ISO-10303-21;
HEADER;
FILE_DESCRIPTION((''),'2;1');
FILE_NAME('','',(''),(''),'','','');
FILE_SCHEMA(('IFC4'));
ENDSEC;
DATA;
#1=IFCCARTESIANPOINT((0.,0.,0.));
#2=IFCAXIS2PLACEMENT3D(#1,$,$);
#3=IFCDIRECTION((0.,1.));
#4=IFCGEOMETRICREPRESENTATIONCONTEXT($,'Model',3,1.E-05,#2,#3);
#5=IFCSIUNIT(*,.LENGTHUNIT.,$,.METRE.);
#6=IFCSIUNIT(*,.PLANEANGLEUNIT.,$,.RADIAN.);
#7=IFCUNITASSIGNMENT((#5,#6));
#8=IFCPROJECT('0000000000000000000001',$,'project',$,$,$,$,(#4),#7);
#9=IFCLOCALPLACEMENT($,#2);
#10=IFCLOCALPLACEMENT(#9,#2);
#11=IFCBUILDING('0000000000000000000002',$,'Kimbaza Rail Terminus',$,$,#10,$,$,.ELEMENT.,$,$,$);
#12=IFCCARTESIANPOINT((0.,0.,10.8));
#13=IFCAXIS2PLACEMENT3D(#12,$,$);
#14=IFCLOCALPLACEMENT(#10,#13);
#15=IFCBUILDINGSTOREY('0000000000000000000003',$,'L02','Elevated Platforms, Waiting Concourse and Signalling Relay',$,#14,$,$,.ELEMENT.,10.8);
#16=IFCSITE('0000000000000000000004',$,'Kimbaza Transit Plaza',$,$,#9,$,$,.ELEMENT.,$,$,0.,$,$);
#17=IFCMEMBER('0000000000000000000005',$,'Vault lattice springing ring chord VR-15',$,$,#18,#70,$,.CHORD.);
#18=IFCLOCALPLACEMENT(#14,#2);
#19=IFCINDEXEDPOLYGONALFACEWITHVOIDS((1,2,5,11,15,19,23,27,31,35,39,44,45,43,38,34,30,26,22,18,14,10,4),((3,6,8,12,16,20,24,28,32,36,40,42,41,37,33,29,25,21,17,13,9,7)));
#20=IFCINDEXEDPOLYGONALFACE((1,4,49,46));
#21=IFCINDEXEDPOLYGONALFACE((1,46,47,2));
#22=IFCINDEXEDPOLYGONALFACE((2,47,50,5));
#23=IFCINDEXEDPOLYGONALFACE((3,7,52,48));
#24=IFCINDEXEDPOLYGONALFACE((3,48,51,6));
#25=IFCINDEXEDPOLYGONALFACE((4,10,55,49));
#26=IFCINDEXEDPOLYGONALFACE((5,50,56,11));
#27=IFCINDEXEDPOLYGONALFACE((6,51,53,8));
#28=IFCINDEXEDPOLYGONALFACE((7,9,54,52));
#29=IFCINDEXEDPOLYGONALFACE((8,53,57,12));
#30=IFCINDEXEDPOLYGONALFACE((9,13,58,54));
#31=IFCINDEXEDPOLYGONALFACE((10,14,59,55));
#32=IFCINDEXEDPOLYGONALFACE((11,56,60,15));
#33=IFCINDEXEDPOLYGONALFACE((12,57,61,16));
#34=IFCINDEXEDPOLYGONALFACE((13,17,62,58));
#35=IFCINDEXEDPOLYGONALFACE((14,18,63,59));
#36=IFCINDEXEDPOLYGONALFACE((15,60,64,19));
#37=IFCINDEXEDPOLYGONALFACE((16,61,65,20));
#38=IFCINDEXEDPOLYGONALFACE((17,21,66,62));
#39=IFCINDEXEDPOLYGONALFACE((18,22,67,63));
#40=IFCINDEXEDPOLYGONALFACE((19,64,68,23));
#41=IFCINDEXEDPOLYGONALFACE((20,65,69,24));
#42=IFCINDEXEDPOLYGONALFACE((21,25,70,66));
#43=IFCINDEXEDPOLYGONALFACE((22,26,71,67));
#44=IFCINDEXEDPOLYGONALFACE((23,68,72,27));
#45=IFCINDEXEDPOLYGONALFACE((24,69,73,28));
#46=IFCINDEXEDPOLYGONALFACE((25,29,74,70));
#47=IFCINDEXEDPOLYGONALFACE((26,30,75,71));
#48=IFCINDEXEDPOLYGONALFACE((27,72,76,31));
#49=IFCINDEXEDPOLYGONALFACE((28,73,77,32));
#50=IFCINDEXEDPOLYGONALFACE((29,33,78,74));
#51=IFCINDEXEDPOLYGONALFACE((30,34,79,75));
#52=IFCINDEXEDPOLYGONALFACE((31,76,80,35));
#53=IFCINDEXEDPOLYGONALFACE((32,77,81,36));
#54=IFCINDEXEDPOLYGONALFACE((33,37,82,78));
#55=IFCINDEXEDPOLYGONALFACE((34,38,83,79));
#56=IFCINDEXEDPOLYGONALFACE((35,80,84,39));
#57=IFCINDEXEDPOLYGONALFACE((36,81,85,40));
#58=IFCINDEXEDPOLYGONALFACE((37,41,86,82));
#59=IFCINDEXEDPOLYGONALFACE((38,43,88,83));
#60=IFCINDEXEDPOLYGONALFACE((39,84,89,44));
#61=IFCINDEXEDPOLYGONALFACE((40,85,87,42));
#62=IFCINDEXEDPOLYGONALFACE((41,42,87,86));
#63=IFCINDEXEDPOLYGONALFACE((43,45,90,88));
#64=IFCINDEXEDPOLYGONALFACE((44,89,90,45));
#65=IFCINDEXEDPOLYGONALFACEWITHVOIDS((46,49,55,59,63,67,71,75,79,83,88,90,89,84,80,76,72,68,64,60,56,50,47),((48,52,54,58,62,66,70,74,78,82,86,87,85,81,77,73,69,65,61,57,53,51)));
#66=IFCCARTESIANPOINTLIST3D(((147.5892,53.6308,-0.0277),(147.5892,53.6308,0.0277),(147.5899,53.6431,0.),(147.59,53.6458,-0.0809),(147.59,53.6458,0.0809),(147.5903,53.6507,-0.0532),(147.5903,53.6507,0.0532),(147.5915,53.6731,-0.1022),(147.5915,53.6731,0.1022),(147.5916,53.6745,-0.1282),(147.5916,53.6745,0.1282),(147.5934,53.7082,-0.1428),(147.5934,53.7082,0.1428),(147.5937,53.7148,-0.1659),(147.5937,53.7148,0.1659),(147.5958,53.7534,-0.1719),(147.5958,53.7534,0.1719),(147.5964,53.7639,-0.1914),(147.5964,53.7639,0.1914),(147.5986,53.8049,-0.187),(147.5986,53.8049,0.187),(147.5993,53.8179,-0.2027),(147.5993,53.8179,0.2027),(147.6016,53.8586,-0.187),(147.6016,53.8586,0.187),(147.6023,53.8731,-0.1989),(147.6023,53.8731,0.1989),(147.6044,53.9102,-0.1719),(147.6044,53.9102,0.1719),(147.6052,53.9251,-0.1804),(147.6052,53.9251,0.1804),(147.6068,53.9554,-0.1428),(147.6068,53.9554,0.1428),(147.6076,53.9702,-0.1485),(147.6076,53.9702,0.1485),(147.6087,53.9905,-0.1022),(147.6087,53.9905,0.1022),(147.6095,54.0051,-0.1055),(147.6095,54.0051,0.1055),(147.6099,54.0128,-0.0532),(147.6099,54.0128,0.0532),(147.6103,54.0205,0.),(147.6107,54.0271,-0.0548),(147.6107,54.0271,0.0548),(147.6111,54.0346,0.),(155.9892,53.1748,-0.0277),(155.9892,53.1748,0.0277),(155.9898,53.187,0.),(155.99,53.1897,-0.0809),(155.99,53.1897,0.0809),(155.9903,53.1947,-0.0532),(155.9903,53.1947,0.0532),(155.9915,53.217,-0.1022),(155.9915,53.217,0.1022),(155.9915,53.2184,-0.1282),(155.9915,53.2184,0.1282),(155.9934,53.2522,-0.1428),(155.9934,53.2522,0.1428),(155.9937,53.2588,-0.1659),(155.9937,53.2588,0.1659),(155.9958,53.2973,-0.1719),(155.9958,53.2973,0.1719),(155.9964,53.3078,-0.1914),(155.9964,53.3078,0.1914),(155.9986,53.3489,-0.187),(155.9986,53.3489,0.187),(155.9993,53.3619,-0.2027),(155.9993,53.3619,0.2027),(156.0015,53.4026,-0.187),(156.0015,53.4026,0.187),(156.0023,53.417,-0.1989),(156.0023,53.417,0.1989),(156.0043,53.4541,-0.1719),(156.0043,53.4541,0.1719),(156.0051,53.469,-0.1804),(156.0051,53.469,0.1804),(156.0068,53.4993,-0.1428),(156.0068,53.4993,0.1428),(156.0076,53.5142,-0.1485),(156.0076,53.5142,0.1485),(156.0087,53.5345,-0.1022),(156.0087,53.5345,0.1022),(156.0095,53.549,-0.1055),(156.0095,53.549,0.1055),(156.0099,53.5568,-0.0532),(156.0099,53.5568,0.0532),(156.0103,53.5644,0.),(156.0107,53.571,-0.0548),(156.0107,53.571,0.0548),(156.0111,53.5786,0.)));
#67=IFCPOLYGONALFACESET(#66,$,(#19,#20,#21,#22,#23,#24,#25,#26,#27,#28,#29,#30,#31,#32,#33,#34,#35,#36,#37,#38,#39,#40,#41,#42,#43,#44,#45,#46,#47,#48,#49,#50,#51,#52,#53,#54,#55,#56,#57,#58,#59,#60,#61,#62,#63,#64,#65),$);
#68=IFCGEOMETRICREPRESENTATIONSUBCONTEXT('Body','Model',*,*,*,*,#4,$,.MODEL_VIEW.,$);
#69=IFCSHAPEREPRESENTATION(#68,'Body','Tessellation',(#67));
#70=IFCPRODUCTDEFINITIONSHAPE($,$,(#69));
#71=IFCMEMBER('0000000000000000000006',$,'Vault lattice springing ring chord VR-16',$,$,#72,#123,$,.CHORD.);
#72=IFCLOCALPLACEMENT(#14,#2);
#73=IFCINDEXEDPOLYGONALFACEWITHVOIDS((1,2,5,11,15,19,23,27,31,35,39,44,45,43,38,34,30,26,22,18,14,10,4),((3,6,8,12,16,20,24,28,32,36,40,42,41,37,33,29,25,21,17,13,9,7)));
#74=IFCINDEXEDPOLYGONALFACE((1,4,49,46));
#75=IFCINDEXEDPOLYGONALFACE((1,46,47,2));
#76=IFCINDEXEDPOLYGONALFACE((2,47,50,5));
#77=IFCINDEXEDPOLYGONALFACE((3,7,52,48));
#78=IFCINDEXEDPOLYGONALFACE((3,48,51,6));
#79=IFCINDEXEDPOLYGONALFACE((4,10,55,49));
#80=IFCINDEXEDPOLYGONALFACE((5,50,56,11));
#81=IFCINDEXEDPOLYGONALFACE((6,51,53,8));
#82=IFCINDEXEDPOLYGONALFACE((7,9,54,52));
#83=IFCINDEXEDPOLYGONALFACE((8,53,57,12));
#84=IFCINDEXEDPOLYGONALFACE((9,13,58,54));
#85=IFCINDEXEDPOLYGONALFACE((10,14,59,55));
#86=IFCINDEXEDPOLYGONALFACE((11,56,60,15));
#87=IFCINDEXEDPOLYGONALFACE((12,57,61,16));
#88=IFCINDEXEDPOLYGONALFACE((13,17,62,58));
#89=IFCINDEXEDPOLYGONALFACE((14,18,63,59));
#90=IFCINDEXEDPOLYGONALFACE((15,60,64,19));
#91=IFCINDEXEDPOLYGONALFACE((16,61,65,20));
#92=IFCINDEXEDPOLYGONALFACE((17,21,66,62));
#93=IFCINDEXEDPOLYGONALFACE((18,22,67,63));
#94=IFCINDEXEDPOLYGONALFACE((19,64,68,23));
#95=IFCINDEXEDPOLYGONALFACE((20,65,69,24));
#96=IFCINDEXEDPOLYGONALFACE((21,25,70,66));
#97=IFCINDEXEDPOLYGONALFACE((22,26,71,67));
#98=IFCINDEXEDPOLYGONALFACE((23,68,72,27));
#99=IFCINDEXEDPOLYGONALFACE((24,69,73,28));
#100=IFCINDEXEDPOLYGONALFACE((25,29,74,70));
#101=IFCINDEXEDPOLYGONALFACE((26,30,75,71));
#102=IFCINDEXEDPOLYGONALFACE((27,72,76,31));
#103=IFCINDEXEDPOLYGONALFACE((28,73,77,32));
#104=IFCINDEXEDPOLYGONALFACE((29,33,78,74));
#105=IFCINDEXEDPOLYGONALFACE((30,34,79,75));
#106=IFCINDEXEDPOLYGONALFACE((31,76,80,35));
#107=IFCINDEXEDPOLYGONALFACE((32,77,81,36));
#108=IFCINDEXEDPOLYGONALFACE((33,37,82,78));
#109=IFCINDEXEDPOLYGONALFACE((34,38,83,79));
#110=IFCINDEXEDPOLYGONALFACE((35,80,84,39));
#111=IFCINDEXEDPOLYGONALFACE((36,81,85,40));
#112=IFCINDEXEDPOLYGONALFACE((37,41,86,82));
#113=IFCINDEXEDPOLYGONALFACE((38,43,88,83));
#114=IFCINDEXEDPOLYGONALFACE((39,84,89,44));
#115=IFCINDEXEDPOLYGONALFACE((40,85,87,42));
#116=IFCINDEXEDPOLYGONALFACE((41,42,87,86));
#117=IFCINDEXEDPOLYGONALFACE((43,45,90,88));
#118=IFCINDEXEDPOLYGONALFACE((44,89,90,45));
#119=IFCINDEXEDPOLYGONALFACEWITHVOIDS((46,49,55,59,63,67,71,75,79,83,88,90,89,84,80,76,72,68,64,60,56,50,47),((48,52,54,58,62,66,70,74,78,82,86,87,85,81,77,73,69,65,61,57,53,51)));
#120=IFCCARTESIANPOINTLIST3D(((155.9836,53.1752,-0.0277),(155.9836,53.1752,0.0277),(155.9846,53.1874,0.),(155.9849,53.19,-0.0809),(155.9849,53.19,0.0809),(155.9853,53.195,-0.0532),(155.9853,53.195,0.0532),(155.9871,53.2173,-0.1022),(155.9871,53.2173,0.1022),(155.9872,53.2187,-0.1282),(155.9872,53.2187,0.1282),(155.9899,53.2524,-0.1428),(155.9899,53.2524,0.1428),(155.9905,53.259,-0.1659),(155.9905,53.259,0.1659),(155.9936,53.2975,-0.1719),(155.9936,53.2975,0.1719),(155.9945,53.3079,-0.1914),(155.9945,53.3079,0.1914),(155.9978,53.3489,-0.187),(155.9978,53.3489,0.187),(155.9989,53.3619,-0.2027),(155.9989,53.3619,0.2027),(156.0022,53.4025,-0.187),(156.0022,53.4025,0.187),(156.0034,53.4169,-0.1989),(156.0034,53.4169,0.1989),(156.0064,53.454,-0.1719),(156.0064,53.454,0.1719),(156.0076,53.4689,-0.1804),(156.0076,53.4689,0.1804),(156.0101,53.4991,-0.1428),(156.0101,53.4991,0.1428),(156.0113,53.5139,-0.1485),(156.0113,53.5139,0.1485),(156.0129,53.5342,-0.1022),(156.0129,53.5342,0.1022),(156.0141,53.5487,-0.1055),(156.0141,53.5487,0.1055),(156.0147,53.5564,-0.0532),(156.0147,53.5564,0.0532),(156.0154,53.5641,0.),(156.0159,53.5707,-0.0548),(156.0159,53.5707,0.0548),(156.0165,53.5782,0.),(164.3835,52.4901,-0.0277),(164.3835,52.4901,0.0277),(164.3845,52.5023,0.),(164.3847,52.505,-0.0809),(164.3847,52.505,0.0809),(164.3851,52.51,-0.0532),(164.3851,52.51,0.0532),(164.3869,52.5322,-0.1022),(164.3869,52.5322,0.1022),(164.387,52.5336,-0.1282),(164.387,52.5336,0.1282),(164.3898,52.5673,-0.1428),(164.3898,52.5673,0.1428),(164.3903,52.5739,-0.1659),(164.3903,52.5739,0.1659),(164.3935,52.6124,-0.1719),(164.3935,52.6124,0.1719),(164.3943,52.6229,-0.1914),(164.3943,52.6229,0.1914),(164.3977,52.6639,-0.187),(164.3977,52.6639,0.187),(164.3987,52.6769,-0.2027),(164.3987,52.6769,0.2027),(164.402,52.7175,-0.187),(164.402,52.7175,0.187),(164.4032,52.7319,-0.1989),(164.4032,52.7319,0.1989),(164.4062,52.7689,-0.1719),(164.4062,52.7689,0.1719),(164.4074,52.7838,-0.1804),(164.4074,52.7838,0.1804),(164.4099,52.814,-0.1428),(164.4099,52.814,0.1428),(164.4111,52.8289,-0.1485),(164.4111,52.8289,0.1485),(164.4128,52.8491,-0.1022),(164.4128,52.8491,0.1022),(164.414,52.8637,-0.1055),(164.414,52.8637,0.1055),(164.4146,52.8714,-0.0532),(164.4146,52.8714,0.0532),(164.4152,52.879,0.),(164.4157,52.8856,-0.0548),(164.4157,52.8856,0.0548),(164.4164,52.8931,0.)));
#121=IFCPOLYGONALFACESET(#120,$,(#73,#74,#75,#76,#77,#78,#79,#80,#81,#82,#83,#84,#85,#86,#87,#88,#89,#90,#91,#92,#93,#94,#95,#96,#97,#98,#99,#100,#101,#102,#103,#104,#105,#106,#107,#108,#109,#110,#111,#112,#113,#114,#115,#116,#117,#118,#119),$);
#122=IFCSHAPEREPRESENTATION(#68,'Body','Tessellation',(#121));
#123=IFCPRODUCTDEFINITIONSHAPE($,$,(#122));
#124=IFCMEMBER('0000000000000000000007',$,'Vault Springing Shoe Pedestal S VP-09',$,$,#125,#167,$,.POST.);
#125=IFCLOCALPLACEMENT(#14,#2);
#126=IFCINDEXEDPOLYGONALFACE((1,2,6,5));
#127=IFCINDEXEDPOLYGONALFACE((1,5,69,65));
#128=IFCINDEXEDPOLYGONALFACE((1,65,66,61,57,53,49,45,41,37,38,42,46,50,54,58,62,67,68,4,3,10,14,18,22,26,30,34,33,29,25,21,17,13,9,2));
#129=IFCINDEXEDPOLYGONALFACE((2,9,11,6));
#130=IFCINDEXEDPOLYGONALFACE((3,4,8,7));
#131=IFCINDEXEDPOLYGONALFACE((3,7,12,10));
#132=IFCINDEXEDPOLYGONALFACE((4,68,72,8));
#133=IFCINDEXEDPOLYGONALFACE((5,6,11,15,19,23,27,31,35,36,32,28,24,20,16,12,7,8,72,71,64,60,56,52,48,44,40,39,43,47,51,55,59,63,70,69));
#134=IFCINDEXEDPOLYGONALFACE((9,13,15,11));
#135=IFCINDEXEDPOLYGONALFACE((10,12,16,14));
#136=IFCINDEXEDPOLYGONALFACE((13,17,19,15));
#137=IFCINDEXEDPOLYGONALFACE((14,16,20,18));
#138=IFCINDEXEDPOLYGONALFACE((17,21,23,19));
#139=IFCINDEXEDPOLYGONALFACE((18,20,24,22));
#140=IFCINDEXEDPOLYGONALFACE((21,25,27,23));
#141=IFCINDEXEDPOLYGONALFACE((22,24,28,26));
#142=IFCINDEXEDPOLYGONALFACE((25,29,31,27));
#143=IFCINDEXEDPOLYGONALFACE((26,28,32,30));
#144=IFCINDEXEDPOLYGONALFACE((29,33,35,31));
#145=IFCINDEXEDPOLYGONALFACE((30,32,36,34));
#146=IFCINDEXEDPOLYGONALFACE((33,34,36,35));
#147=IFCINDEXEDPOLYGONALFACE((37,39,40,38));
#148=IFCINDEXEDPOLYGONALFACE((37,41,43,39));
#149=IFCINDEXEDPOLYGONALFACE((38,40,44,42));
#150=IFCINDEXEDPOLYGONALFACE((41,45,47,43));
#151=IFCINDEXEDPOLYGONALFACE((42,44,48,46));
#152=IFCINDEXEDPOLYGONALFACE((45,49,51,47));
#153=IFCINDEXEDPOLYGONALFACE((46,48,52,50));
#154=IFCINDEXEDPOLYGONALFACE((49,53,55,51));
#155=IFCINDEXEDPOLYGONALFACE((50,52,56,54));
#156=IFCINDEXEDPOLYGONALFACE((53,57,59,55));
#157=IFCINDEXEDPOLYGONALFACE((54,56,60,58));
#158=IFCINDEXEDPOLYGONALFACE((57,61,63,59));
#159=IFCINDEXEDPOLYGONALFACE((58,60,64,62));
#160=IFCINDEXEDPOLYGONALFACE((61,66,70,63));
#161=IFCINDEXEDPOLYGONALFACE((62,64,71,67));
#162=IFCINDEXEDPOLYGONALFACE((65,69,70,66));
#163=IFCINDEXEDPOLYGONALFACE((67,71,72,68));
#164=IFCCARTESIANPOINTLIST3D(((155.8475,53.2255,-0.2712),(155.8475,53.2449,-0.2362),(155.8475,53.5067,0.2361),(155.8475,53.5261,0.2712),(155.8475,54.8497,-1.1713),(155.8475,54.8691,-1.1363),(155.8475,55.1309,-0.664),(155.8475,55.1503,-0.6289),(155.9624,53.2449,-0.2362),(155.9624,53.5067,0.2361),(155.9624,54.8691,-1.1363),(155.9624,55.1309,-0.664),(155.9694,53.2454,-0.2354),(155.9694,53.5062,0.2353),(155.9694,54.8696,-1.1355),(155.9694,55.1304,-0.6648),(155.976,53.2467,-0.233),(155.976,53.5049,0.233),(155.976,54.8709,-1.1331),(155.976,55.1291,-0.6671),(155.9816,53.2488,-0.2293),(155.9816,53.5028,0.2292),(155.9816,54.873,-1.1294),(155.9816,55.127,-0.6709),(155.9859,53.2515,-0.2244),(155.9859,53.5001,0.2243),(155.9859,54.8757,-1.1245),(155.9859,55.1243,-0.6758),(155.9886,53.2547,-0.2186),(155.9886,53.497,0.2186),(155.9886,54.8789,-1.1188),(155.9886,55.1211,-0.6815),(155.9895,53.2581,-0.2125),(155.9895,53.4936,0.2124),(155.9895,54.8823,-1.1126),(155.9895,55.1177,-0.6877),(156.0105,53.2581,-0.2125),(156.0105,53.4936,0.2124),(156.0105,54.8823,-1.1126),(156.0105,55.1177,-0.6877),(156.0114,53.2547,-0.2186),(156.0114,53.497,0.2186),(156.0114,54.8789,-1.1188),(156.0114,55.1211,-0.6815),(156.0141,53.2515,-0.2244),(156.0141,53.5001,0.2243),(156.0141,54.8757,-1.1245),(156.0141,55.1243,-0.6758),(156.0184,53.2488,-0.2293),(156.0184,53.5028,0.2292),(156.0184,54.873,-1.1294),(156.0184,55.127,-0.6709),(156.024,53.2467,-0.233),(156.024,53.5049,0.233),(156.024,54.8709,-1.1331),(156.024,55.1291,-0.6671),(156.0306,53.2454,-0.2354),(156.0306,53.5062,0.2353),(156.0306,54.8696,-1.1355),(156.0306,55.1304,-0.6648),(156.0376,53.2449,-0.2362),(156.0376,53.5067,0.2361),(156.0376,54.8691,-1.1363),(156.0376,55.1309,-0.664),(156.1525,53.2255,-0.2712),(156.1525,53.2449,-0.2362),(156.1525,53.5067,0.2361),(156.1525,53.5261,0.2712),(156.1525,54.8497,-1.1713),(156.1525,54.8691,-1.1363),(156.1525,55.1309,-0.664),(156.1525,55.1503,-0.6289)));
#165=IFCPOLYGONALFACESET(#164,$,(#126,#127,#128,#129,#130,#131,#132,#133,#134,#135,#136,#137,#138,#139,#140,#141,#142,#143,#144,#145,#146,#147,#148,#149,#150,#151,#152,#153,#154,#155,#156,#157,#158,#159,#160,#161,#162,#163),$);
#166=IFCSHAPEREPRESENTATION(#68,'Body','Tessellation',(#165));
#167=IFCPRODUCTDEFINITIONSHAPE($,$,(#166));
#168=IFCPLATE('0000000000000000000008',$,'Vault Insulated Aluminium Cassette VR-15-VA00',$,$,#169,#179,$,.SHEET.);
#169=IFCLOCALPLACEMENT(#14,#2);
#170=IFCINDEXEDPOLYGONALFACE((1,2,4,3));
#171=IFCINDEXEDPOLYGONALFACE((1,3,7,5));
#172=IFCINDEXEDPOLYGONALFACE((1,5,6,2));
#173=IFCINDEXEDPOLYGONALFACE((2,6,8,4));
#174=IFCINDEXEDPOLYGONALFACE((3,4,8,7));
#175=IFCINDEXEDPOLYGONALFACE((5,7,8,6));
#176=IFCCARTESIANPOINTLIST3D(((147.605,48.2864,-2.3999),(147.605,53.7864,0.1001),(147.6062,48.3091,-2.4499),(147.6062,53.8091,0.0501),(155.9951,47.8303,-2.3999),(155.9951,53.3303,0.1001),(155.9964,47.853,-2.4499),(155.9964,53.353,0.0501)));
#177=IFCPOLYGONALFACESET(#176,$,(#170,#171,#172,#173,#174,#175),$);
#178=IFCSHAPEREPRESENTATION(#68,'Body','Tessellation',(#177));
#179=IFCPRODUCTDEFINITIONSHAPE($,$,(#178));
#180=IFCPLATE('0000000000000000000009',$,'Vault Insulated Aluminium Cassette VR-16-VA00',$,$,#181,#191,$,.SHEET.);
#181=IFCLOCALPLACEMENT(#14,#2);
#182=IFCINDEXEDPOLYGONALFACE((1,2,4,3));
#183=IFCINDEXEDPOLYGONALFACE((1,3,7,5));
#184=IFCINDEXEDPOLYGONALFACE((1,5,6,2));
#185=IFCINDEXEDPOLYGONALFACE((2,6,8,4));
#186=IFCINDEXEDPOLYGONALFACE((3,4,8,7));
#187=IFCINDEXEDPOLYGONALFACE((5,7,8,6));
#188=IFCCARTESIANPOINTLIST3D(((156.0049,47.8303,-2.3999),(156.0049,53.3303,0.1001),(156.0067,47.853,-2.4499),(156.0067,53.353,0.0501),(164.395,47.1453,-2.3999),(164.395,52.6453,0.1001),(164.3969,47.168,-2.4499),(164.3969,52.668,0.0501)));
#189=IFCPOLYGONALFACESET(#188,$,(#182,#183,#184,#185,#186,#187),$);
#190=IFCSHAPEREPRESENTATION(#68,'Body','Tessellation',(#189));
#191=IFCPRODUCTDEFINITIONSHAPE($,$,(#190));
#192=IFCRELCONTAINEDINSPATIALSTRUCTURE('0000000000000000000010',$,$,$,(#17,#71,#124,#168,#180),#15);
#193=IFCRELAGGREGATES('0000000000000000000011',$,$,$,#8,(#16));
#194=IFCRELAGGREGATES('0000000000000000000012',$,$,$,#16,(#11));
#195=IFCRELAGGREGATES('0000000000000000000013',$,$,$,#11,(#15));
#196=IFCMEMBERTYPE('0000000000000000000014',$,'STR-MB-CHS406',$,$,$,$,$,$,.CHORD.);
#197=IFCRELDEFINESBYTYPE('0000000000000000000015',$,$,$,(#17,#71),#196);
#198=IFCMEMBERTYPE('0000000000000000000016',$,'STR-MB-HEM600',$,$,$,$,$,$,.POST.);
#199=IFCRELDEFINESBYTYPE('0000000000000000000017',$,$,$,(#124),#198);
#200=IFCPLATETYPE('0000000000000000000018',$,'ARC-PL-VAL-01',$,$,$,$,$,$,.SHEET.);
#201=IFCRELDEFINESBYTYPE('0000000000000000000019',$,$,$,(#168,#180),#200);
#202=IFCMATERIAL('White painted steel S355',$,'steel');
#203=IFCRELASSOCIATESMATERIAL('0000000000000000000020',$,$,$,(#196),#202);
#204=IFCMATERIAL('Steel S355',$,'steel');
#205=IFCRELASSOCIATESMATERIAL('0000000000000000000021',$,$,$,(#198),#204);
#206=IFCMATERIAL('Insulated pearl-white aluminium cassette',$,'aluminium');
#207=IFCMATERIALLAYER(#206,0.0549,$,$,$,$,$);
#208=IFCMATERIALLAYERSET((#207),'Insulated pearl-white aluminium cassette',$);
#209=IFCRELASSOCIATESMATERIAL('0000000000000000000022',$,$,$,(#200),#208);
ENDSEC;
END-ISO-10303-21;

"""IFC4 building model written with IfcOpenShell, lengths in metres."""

from ifc_helpers import new_model, si_unit, direction, frame, origin, origin_2d, place, context, subcontext, project, spatial, polyline, hollow_circle, i_section, outline, extrude, material, layer, layer_set, material_profile, profile_set, type_object, element, save


model = new_model("IFC4")

# Units and contexts
model_context = context("Model", 3, precision=1e-05, world=origin(), true_north=direction((0.0, 1.0)))
body_context = subcontext(model_context, "Body", "Model", "MODEL_VIEW")
ifc_project = project(units=[si_unit("LENGTHUNIT", "METRE"), si_unit("PLANEANGLEUNIT", "RADIAN")], contexts=[model_context])

# Site, building, storey
site_placement = place(None, origin())
site = spatial("IfcSite", under=ifc_project, at=site_placement, Name="Kimbaza Transit Plaza", CompositionType="ELEMENT", RefElevation=0.0)
building_placement = place(site_placement, origin())
building = spatial("IfcBuilding", under=site, at=building_placement, Name="Kimbaza Rail Terminus", CompositionType="ELEMENT")
storey_placement = place(building_placement, frame((0.0, 0.0, 10.8)))
storey = spatial("IfcBuildingStorey", under=building, at=storey_placement, Name="L02", Description="Elevated Platforms, Waiting Concourse and Signalling Relay", CompositionType="ELEMENT", Elevation=10.8)

# Members
ifc_material_1 = material(Name="White painted steel S355", Category="steel")
ifc_material_profile_1 = material_profile(ifc_material_1, hollow_circle(Radius=0.2031, WallThickness=0.0142, at=origin_2d()), Name="CHS 406.4x14.2")
ifc_profile_set_1 = profile_set([ifc_material_profile_1], Name="White painted steel S355")
member_type_1 = type_object("IfcMemberType", Name="STR-MB-CHS406", PredefinedType="CHORD", material=ifc_profile_set_1)
member_1_placement = place(storey_placement, frame((147.6001, 53.8318, 0.0), z_axis=(0.998529, -0.054213, 0.0), x_axis=(0.054213, 0.998529, 0.0)))
element("IfcMember", 1, at=member_1_placement, inside=storey, type_object=member_type_1, Name="Vault lattice springing ring chord VR-15", PredefinedType="CHORD", context=body_context, shape_type="SweptSolid", body=[
    extrude(hollow_circle(Radius=0.2031, WallThickness=0.0142, at=origin_2d()), origin(), (0.0, 0.0, 1.0), 8.4124),
])
member_2_placement = place(storey_placement, frame((156.0, 53.3757, 0.0), z_axis=(0.996691, -0.081286, 0.0), x_axis=(0.081286, 0.996691, 0.0)))
element("IfcMember", 2, at=member_2_placement, inside=storey, type_object=member_type_1, Name="Vault lattice springing ring chord VR-16", PredefinedType="CHORD", context=body_context, shape_type="SweptSolid", body=[
    extrude(hollow_circle(Radius=0.2031, WallThickness=0.0142, at=origin_2d()), origin(), (0.0, 0.0, 1.0), 8.4277),
])
ifc_material_2 = material(Name="Steel S355", Category="steel")
ifc_material_profile_2 = material_profile(ifc_material_2, i_section(OverallWidth=0.3049, OverallDepth=0.6201, WebThickness=0.021, FlangeThickness=0.04, FilletRadius=0.0271, at=origin_2d()), Name="HEM 600")
ifc_profile_set_2 = profile_set([ifc_material_profile_2], Name="Steel S355")
member_type_2 = type_object("IfcMemberType", Name="STR-MB-HEM600", PredefinedType="POST", material=ifc_profile_set_2)
member_3_placement = place(storey_placement, frame((156.0, 55.0, -0.9001), z_axis=(0.0, -0.874665, 0.484727), x_axis=(1.0, 0.0, 0.0)))
element("IfcMember", 3, at=member_3_placement, inside=storey, type_object=member_type_2, Name="Vault Springing Shoe Pedestal S VP-09", PredefinedType="POST", context=body_context, shape_type="SweptSolid", body=[
    extrude(i_section(OverallWidth=0.3049, OverallDepth=0.6201, WebThickness=0.021, FlangeThickness=0.04, FilletRadius=0.0271, at=origin_2d()), origin(), (0.0, 0.0, 1.0), 1.8569),
])

# Plates
ifc_material_3 = material(Name="Insulated pearl-white aluminium cassette", Category="aluminium")
ifc_layer_1 = layer(ifc_material_3, 0.0549)
ifc_layer_set_1 = layer_set([ifc_layer_1], Name="Insulated pearl-white aluminium cassette")
plate_type_1 = type_object("IfcPlateType", Name="ARC-PL-VAL-01", PredefinedType="SHEET", material=ifc_layer_set_1)
plate_1_placement = place(storey_placement, frame((147.605, 48.2864, -2.3999), z_axis=(-0.022487, -0.413698, 0.910136), x_axis=(0.998526, -0.054276, 0.0)))
element("IfcPlate", 4, at=plate_1_placement, inside=storey, type_object=plate_type_1, Name="Vault Insulated Aluminium Cassette VR-15-VA00", PredefinedType="SHEET", context=body_context, shape_type="SweptSolid", body=[
    extrude(outline(polyline([(0.0, 0.0), (8.4025, 0.0), (8.104, 6.0341), (-0.2985, 6.0341), (0.0, 0.0)])), origin(), (0.0, 0.0, -1.0), 0.0549),
])
plate_2_placement = place(storey_placement, frame((156.0049, 47.8303, -2.3999), z_axis=(-0.033768, -0.413567, 0.909847), x_axis=(0.996683, -0.08138, 0.0)))
element("IfcPlate", 5, at=plate_2_placement, inside=storey, type_object=plate_type_1, Name="Vault Insulated Aluminium Cassette VR-16-VA00", PredefinedType="SHEET", context=body_context, shape_type="SweptSolid", body=[
    extrude(outline(polyline([(0.0, 0.0), (8.4181, 0.0), (7.9705, 6.0249), (-0.4476, 6.0249), (0.0, 0.0)])), origin(), (0.0, 0.0, -1.0), 0.0549),
])

save(model, "model.ifc")
